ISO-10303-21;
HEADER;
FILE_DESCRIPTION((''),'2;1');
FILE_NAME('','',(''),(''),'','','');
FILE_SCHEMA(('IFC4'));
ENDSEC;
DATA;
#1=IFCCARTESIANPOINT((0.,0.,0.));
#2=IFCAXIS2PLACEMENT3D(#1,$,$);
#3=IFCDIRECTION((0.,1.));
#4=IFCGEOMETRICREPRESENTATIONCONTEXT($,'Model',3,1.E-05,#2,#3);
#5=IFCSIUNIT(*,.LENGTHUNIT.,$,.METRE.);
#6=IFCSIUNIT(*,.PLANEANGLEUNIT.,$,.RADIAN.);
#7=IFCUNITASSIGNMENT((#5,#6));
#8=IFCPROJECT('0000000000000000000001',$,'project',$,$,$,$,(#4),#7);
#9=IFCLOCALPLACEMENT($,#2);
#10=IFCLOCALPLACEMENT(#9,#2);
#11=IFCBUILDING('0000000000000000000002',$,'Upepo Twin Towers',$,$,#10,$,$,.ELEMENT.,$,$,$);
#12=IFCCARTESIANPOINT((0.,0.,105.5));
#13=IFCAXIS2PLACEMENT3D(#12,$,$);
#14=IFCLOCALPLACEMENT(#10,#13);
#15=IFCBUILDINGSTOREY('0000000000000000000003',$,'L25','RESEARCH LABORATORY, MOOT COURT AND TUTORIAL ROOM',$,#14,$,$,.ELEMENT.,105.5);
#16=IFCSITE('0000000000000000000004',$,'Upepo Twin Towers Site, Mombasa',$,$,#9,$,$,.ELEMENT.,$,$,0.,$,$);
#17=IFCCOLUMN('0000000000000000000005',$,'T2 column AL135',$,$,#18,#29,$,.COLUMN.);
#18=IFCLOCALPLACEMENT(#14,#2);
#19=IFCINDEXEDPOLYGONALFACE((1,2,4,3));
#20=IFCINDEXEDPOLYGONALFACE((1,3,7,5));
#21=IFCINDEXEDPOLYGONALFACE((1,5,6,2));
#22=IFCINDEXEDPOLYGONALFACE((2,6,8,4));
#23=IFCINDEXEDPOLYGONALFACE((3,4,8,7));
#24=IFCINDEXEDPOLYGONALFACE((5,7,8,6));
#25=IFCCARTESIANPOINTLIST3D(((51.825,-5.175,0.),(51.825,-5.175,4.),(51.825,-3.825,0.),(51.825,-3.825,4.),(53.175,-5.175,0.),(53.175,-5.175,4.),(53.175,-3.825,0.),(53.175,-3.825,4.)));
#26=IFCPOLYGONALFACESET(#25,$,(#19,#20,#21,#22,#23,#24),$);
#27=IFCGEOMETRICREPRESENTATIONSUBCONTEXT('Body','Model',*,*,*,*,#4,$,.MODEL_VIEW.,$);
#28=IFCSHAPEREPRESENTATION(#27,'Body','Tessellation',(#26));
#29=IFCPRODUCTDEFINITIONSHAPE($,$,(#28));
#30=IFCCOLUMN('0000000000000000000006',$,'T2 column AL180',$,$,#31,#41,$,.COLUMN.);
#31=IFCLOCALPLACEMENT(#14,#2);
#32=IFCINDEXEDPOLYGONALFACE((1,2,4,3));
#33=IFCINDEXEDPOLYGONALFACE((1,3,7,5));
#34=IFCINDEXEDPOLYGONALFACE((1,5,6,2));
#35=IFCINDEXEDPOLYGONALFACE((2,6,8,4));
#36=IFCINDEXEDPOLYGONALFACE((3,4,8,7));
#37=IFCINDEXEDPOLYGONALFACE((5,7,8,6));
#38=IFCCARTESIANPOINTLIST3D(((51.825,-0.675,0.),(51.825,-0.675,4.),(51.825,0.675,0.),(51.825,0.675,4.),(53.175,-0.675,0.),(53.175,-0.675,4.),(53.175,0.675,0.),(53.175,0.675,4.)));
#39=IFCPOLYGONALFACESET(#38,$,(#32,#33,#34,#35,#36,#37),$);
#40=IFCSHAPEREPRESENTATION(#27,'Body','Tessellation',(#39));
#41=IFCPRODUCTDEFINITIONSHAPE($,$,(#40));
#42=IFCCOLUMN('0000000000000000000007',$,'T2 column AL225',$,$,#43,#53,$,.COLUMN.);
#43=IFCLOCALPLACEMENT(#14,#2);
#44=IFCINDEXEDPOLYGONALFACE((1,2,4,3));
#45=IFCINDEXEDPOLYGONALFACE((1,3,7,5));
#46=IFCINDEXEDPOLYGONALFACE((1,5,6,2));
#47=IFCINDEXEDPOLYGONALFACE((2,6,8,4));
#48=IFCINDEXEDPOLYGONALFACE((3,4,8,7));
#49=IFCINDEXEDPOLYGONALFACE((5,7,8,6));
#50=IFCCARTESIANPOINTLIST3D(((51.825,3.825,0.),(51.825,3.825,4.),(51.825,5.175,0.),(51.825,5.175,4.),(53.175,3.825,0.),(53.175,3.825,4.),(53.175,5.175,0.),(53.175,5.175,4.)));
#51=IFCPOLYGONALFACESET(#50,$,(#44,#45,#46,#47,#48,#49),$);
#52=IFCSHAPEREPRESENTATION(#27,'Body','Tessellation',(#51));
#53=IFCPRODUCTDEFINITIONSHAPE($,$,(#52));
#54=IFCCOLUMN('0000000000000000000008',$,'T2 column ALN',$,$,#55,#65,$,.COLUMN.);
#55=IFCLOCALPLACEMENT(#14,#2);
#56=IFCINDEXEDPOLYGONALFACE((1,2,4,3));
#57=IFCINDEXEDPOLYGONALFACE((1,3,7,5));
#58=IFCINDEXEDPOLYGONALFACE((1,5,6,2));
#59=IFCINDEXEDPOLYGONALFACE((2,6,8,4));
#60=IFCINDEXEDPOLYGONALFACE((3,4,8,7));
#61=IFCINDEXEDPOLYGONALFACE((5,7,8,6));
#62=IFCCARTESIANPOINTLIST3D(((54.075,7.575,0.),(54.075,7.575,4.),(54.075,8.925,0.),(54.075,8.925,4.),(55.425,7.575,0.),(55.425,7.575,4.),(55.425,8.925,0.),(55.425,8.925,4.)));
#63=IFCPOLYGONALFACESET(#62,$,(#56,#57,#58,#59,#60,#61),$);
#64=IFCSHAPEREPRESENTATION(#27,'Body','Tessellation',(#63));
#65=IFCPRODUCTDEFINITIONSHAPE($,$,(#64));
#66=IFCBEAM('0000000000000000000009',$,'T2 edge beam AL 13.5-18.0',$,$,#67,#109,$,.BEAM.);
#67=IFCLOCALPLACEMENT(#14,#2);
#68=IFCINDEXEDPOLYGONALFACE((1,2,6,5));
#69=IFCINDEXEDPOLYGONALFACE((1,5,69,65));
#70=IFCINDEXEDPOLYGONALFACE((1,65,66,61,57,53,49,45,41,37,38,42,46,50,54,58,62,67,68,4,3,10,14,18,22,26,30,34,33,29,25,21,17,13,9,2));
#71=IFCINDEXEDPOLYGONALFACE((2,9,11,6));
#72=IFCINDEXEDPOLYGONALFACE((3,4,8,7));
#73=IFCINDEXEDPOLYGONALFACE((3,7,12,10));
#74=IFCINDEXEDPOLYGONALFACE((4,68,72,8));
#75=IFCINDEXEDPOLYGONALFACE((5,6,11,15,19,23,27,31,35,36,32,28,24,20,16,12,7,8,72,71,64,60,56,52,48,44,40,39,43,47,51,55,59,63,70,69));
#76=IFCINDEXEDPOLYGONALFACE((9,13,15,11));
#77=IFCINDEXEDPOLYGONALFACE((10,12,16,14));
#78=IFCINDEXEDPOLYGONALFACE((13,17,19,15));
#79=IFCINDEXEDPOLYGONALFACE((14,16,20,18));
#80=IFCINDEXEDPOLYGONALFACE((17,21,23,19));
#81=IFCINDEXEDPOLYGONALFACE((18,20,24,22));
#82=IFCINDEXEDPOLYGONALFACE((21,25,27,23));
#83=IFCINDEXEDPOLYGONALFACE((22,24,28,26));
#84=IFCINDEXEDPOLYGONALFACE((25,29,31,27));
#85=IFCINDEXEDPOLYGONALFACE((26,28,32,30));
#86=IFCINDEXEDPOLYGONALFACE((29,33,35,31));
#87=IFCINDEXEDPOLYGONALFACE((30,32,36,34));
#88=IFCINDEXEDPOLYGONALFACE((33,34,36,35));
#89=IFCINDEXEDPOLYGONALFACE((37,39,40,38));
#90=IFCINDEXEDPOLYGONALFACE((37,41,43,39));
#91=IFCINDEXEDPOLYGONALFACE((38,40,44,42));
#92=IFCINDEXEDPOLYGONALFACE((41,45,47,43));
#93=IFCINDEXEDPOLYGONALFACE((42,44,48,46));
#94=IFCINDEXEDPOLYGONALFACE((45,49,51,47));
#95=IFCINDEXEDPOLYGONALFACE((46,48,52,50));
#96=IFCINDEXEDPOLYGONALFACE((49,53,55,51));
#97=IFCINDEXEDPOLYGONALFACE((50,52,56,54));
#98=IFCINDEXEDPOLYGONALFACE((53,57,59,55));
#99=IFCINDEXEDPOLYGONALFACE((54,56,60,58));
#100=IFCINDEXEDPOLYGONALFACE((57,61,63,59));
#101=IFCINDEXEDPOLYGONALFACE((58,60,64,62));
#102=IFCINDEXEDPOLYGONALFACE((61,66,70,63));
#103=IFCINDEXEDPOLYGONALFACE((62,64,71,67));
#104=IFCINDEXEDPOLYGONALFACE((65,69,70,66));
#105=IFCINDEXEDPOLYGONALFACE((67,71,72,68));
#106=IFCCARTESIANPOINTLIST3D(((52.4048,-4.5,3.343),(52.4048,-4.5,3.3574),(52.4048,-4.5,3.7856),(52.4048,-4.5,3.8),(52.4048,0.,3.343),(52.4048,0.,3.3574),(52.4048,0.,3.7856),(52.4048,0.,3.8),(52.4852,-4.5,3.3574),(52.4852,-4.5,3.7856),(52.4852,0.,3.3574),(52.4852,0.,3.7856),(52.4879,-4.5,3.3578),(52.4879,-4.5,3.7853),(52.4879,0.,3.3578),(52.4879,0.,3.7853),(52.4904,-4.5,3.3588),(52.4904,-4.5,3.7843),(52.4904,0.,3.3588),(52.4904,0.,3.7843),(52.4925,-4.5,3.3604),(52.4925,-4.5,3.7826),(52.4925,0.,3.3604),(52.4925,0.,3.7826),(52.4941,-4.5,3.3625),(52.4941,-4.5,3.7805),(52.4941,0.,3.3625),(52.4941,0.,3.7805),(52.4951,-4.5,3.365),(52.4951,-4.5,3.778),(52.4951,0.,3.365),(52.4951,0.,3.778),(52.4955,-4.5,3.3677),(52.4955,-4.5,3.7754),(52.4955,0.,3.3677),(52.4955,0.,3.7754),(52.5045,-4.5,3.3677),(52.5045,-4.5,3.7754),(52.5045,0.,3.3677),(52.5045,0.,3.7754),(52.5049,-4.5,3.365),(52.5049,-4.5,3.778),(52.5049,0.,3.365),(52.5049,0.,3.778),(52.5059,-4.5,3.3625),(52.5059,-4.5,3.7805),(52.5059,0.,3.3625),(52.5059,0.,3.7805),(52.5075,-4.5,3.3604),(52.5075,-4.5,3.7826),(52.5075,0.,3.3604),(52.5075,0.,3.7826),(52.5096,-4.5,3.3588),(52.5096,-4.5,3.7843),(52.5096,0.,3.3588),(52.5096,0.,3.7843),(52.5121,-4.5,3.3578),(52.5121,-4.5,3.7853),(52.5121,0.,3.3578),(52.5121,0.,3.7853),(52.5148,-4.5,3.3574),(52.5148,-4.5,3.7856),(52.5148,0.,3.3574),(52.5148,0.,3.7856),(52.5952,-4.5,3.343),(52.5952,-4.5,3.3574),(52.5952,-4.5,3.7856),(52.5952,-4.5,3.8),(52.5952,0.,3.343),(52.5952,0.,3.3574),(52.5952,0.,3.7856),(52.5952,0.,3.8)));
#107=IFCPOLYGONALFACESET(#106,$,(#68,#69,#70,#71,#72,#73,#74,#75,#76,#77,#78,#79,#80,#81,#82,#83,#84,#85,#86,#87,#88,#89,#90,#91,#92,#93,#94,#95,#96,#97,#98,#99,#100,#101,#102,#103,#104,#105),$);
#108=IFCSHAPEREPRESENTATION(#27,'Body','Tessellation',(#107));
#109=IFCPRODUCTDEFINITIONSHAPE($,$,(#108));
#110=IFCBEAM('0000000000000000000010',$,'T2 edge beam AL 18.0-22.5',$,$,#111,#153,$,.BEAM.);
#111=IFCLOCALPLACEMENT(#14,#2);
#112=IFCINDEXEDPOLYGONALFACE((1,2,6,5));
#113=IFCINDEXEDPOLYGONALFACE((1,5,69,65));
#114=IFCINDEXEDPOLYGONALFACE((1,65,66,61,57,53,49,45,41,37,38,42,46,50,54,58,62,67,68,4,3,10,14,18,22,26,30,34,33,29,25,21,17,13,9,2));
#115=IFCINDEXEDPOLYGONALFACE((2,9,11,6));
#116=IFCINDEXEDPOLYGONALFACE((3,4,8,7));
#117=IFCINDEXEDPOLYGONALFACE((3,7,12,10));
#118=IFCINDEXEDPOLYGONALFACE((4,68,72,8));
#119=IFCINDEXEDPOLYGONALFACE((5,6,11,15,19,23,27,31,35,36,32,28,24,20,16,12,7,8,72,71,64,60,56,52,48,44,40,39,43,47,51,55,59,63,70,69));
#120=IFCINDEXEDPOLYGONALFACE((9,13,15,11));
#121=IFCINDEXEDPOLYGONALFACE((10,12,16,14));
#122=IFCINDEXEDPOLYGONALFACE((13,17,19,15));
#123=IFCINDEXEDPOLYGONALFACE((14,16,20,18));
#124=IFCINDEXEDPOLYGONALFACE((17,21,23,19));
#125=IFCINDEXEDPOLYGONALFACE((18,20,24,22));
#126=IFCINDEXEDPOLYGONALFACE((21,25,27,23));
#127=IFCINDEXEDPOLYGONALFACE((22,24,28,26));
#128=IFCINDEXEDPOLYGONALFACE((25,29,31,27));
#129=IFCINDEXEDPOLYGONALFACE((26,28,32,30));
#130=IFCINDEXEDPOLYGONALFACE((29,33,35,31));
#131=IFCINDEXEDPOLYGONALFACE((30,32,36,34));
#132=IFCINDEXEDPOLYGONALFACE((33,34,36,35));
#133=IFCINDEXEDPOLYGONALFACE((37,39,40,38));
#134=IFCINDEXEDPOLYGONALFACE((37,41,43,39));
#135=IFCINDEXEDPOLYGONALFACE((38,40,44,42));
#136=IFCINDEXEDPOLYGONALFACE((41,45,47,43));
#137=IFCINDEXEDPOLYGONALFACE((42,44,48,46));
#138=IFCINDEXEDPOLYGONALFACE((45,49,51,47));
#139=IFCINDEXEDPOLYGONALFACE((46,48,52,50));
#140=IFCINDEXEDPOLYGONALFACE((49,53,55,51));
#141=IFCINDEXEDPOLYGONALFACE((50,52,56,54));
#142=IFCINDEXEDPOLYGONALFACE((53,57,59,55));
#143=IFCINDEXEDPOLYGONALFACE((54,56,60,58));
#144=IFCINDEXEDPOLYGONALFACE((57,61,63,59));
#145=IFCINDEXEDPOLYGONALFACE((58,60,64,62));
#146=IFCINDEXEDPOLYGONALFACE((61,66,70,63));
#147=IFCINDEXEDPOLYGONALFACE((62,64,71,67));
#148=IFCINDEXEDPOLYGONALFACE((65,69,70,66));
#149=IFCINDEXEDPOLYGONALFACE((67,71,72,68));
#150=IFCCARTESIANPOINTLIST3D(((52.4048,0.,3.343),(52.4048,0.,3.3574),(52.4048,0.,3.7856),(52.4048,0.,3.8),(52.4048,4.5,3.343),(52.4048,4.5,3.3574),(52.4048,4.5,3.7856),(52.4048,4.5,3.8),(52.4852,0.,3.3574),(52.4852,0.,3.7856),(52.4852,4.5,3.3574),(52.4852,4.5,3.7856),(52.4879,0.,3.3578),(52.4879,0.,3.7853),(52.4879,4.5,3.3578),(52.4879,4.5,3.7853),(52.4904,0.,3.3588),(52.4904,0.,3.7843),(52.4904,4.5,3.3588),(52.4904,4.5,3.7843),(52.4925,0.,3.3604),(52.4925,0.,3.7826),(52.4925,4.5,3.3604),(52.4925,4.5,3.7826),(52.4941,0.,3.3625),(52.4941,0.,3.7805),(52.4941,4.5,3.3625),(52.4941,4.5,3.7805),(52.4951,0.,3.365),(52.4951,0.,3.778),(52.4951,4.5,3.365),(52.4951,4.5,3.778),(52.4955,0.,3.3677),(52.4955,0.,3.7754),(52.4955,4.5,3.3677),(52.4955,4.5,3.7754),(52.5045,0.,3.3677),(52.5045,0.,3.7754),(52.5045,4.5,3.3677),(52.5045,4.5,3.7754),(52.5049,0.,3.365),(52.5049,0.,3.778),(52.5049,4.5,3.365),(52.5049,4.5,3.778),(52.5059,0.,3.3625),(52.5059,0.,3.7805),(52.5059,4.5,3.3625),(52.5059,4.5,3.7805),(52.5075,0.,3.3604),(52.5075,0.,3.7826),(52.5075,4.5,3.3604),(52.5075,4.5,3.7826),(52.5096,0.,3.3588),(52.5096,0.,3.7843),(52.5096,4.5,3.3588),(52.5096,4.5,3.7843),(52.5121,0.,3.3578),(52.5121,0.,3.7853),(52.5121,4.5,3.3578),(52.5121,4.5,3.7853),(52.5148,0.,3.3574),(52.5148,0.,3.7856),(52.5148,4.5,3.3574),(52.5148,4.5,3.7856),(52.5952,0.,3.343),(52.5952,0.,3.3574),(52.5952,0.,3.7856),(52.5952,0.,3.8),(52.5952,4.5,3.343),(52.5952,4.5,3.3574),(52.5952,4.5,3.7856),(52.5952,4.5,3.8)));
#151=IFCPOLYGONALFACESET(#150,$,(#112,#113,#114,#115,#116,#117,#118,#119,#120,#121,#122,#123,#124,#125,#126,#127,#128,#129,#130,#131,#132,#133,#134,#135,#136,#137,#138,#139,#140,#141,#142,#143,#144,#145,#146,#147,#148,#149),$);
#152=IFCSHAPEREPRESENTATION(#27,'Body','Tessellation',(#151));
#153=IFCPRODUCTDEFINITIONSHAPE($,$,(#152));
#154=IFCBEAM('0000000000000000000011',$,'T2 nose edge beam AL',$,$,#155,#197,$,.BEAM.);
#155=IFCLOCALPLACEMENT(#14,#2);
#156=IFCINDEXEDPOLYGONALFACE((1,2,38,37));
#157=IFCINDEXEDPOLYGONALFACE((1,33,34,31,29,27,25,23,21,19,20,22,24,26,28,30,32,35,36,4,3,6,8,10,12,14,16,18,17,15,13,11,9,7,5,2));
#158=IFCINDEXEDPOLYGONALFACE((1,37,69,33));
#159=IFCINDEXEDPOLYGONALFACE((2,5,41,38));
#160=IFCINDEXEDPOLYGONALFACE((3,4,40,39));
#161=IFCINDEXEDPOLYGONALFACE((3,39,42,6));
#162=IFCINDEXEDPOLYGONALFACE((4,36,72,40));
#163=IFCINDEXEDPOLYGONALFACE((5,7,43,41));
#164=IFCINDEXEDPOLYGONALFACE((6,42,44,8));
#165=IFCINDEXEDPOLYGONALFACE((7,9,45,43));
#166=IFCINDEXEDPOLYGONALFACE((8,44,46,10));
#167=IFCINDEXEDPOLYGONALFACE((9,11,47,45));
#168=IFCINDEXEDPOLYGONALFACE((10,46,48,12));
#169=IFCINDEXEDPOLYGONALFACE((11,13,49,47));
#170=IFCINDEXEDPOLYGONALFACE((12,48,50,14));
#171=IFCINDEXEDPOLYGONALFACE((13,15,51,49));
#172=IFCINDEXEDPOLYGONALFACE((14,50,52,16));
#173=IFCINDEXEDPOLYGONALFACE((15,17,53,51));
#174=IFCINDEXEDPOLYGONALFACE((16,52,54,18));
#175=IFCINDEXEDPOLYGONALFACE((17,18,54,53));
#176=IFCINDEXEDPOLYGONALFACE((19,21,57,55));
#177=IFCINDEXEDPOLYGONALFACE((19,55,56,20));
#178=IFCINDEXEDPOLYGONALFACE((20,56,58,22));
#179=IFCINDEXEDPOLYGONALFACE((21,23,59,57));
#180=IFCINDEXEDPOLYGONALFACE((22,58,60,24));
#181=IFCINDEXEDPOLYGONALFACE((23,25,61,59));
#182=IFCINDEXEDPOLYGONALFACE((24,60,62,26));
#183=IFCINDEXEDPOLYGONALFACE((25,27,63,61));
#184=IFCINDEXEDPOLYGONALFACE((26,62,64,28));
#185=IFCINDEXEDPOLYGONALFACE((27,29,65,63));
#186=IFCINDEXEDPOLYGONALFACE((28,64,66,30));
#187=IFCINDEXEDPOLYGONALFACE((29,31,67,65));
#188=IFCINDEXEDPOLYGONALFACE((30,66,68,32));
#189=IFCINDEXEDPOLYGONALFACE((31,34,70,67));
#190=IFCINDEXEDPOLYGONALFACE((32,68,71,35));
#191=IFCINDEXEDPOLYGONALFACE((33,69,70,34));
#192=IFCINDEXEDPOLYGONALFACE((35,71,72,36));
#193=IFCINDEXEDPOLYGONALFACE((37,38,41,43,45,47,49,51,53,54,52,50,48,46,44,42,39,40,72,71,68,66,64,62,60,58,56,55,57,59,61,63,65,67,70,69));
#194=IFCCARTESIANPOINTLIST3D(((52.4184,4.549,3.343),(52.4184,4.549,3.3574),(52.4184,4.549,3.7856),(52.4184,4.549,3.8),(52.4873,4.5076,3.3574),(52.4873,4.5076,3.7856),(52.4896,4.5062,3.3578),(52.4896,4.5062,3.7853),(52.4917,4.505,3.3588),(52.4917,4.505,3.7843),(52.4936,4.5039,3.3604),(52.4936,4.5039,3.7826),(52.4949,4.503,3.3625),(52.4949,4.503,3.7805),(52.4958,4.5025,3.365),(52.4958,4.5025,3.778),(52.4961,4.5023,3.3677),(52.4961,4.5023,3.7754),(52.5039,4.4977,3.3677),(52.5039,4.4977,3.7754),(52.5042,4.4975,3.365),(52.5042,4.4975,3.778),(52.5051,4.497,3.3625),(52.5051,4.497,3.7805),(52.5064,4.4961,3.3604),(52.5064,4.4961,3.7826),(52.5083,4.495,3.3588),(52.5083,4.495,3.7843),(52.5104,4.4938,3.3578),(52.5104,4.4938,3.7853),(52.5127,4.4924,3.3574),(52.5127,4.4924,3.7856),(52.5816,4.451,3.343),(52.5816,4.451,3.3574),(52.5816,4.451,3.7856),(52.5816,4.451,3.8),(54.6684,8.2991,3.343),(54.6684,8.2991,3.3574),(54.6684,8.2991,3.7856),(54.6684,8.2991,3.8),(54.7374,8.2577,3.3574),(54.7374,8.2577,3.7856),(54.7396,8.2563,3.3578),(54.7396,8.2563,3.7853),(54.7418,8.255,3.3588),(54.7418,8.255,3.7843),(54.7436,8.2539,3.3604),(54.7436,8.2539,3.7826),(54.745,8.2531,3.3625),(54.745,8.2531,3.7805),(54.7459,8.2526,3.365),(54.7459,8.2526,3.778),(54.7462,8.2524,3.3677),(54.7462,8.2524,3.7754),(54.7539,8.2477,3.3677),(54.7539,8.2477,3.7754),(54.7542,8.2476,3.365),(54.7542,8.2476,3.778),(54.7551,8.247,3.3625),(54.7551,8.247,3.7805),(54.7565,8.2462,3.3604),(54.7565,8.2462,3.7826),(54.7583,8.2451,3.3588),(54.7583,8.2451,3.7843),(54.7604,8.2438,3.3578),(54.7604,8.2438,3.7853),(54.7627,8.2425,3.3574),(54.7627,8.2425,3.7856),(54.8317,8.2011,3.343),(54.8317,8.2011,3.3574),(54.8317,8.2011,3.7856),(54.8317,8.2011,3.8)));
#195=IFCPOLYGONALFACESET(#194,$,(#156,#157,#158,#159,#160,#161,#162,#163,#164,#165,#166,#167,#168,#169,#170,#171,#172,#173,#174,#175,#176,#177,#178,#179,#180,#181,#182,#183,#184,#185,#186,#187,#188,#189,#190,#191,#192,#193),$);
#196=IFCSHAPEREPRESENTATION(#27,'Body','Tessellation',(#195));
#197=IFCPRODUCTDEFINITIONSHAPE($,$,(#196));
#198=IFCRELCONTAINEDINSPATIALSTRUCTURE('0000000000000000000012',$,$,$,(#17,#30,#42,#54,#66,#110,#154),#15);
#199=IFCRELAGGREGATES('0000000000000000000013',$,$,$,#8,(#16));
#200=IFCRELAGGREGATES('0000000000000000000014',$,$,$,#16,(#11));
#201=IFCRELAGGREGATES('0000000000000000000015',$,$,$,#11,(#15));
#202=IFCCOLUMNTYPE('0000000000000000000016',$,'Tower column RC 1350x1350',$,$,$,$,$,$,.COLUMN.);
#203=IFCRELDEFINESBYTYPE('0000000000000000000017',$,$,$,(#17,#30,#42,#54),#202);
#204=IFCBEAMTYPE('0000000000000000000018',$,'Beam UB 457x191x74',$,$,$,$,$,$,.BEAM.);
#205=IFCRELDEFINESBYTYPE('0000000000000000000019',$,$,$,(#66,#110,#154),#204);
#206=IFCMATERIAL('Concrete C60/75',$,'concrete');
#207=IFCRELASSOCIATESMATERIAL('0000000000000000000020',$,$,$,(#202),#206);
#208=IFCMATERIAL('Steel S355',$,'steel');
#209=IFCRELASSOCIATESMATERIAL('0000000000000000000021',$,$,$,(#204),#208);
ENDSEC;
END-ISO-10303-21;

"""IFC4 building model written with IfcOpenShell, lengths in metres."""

from ifc_helpers import new_model, si_unit, direction, frame, origin, origin_2d, place, context, subcontext, project, spatial, rectangle, i_section, extrude, material, material_profile, profile_set, type_object, element, save


model = new_model("IFC4")

# Units and contexts
model_context = context("Model", 3, precision=1e-05, world=origin(), true_north=direction((0.0, 1.0)))
body_context = subcontext(model_context, "Body", "Model", "MODEL_VIEW")
ifc_project = project(units=[si_unit("LENGTHUNIT", "METRE"), si_unit("PLANEANGLEUNIT", "RADIAN")], contexts=[model_context])

# Site, building, storey
site_placement = place(None, origin())
site = spatial("IfcSite", under=ifc_project, at=site_placement, Name="Upepo Twin Towers Site, Mombasa", CompositionType="ELEMENT", RefElevation=0.0)
building_placement = place(site_placement, origin())
building = spatial("IfcBuilding", under=site, at=building_placement, Name="Upepo Twin Towers", CompositionType="ELEMENT")
storey_placement = place(building_placement, frame((0.0, 0.0, 105.5)))
storey = spatial("IfcBuildingStorey", under=building, at=storey_placement, Name="L25", Description="RESEARCH LABORATORY, MOOT COURT AND TUTORIAL ROOM", CompositionType="ELEMENT", Elevation=105.5)

# Columns
ifc_material_1 = material(Name="Concrete C60/75", Category="concrete")
ifc_material_profile_1 = material_profile(ifc_material_1, rectangle(XDim=1.3501, YDim=1.3501, at=origin_2d()), Name="RC 1350x1350")
ifc_profile_set_1 = profile_set([ifc_material_profile_1], Name="Concrete C60/75")
column_type = type_object("IfcColumnType", Name="Tower column RC 1350x1350", PredefinedType="COLUMN", material=ifc_profile_set_1)
for number, where, z_axis, x_axis, name in (
    (1, (52.5, -4.5, 0.0), (0.0, 0.0, 1.0), (1.0, 0.0, 0.0), "T2 column AL135"),
    (2, (52.5, 0.0, 0.0), (0.0, 0.0, 1.0), (1.0, 0.0, 0.0), "T2 column AL180"),
    (3, (52.5, 4.5, 0.0), (0.0, 0.0, 1.0), (1.0, 0.0, 0.0), "T2 column AL225"),
    (4, (54.75, 8.25, 0.0), (0.0, 0.0, 1.0), (1.0, 0.0, 0.0), "T2 column ALN"),
):
    element("IfcColumn", number, at=place(storey_placement, frame(where, z_axis=z_axis, x_axis=x_axis)), inside=storey, type_object=column_type, Name=name, PredefinedType="COLUMN", context=body_context, shape_type="SweptSolid", body=[
        extrude(rectangle(XDim=1.3501, YDim=1.3501, at=origin_2d()), origin(), (0.0, 0.0, 1.0), 4.0),
    ])

# Beams
ifc_material_2 = material(Name="Steel S355", Category="steel")
ifc_material_profile_2 = material_profile(ifc_material_2, i_section(OverallWidth=0.1904, OverallDepth=0.457, WebThickness=0.009, FlangeThickness=0.0144, FilletRadius=0.0103, at=origin_2d()), Name="UB 457x191x74")
ifc_profile_set_2 = profile_set([ifc_material_profile_2], Name="Steel S355")
beam_type_1 = type_object("IfcBeamType", Name="Beam UB 457x191x74", PredefinedType="BEAM", material=ifc_profile_set_2)
for number, where, z_axis, x_axis, name in (
    (5, (52.5, -4.5, 3.5715), (0.0, 1.0, 0.0), (-1.0, 0.0, 0.0), "T2 edge beam AL 13.5-18.0"),
    (6, (52.5, 0.0, 3.5715), (0.0, 1.0, 0.0), (-1.0, 0.0, 0.0), "T2 edge beam AL 18.0-22.5"),
):
    element("IfcBeam", number, at=place(storey_placement, frame(where, z_axis=z_axis, x_axis=x_axis)), inside=storey, type_object=beam_type_1, Name=name, PredefinedType="BEAM", context=body_context, shape_type="SweptSolid", body=[
        extrude(i_section(OverallWidth=0.1904, OverallDepth=0.457, WebThickness=0.009, FlangeThickness=0.0144, FilletRadius=0.0103, at=origin_2d()), origin(), (0.0, 0.0, 1.0), 4.5),
    ])
beam_1_placement = place(storey_placement, frame((52.5, 4.5, 3.5715), z_axis=(0.514496, 0.857493, 0.0), x_axis=(-0.857493, 0.514496, 0.0)))
element("IfcBeam", 7, at=beam_1_placement, inside=storey, type_object=beam_type_1, Name="T2 nose edge beam AL", PredefinedType="BEAM", context=body_context, shape_type="SweptSolid", body=[
    extrude(i_section(OverallWidth=0.1904, OverallDepth=0.457, WebThickness=0.009, FlangeThickness=0.0144, FilletRadius=0.0103, at=origin_2d()), origin(), (0.0, 0.0, 1.0), 4.3733),
])

save(model, "model.ifc")
